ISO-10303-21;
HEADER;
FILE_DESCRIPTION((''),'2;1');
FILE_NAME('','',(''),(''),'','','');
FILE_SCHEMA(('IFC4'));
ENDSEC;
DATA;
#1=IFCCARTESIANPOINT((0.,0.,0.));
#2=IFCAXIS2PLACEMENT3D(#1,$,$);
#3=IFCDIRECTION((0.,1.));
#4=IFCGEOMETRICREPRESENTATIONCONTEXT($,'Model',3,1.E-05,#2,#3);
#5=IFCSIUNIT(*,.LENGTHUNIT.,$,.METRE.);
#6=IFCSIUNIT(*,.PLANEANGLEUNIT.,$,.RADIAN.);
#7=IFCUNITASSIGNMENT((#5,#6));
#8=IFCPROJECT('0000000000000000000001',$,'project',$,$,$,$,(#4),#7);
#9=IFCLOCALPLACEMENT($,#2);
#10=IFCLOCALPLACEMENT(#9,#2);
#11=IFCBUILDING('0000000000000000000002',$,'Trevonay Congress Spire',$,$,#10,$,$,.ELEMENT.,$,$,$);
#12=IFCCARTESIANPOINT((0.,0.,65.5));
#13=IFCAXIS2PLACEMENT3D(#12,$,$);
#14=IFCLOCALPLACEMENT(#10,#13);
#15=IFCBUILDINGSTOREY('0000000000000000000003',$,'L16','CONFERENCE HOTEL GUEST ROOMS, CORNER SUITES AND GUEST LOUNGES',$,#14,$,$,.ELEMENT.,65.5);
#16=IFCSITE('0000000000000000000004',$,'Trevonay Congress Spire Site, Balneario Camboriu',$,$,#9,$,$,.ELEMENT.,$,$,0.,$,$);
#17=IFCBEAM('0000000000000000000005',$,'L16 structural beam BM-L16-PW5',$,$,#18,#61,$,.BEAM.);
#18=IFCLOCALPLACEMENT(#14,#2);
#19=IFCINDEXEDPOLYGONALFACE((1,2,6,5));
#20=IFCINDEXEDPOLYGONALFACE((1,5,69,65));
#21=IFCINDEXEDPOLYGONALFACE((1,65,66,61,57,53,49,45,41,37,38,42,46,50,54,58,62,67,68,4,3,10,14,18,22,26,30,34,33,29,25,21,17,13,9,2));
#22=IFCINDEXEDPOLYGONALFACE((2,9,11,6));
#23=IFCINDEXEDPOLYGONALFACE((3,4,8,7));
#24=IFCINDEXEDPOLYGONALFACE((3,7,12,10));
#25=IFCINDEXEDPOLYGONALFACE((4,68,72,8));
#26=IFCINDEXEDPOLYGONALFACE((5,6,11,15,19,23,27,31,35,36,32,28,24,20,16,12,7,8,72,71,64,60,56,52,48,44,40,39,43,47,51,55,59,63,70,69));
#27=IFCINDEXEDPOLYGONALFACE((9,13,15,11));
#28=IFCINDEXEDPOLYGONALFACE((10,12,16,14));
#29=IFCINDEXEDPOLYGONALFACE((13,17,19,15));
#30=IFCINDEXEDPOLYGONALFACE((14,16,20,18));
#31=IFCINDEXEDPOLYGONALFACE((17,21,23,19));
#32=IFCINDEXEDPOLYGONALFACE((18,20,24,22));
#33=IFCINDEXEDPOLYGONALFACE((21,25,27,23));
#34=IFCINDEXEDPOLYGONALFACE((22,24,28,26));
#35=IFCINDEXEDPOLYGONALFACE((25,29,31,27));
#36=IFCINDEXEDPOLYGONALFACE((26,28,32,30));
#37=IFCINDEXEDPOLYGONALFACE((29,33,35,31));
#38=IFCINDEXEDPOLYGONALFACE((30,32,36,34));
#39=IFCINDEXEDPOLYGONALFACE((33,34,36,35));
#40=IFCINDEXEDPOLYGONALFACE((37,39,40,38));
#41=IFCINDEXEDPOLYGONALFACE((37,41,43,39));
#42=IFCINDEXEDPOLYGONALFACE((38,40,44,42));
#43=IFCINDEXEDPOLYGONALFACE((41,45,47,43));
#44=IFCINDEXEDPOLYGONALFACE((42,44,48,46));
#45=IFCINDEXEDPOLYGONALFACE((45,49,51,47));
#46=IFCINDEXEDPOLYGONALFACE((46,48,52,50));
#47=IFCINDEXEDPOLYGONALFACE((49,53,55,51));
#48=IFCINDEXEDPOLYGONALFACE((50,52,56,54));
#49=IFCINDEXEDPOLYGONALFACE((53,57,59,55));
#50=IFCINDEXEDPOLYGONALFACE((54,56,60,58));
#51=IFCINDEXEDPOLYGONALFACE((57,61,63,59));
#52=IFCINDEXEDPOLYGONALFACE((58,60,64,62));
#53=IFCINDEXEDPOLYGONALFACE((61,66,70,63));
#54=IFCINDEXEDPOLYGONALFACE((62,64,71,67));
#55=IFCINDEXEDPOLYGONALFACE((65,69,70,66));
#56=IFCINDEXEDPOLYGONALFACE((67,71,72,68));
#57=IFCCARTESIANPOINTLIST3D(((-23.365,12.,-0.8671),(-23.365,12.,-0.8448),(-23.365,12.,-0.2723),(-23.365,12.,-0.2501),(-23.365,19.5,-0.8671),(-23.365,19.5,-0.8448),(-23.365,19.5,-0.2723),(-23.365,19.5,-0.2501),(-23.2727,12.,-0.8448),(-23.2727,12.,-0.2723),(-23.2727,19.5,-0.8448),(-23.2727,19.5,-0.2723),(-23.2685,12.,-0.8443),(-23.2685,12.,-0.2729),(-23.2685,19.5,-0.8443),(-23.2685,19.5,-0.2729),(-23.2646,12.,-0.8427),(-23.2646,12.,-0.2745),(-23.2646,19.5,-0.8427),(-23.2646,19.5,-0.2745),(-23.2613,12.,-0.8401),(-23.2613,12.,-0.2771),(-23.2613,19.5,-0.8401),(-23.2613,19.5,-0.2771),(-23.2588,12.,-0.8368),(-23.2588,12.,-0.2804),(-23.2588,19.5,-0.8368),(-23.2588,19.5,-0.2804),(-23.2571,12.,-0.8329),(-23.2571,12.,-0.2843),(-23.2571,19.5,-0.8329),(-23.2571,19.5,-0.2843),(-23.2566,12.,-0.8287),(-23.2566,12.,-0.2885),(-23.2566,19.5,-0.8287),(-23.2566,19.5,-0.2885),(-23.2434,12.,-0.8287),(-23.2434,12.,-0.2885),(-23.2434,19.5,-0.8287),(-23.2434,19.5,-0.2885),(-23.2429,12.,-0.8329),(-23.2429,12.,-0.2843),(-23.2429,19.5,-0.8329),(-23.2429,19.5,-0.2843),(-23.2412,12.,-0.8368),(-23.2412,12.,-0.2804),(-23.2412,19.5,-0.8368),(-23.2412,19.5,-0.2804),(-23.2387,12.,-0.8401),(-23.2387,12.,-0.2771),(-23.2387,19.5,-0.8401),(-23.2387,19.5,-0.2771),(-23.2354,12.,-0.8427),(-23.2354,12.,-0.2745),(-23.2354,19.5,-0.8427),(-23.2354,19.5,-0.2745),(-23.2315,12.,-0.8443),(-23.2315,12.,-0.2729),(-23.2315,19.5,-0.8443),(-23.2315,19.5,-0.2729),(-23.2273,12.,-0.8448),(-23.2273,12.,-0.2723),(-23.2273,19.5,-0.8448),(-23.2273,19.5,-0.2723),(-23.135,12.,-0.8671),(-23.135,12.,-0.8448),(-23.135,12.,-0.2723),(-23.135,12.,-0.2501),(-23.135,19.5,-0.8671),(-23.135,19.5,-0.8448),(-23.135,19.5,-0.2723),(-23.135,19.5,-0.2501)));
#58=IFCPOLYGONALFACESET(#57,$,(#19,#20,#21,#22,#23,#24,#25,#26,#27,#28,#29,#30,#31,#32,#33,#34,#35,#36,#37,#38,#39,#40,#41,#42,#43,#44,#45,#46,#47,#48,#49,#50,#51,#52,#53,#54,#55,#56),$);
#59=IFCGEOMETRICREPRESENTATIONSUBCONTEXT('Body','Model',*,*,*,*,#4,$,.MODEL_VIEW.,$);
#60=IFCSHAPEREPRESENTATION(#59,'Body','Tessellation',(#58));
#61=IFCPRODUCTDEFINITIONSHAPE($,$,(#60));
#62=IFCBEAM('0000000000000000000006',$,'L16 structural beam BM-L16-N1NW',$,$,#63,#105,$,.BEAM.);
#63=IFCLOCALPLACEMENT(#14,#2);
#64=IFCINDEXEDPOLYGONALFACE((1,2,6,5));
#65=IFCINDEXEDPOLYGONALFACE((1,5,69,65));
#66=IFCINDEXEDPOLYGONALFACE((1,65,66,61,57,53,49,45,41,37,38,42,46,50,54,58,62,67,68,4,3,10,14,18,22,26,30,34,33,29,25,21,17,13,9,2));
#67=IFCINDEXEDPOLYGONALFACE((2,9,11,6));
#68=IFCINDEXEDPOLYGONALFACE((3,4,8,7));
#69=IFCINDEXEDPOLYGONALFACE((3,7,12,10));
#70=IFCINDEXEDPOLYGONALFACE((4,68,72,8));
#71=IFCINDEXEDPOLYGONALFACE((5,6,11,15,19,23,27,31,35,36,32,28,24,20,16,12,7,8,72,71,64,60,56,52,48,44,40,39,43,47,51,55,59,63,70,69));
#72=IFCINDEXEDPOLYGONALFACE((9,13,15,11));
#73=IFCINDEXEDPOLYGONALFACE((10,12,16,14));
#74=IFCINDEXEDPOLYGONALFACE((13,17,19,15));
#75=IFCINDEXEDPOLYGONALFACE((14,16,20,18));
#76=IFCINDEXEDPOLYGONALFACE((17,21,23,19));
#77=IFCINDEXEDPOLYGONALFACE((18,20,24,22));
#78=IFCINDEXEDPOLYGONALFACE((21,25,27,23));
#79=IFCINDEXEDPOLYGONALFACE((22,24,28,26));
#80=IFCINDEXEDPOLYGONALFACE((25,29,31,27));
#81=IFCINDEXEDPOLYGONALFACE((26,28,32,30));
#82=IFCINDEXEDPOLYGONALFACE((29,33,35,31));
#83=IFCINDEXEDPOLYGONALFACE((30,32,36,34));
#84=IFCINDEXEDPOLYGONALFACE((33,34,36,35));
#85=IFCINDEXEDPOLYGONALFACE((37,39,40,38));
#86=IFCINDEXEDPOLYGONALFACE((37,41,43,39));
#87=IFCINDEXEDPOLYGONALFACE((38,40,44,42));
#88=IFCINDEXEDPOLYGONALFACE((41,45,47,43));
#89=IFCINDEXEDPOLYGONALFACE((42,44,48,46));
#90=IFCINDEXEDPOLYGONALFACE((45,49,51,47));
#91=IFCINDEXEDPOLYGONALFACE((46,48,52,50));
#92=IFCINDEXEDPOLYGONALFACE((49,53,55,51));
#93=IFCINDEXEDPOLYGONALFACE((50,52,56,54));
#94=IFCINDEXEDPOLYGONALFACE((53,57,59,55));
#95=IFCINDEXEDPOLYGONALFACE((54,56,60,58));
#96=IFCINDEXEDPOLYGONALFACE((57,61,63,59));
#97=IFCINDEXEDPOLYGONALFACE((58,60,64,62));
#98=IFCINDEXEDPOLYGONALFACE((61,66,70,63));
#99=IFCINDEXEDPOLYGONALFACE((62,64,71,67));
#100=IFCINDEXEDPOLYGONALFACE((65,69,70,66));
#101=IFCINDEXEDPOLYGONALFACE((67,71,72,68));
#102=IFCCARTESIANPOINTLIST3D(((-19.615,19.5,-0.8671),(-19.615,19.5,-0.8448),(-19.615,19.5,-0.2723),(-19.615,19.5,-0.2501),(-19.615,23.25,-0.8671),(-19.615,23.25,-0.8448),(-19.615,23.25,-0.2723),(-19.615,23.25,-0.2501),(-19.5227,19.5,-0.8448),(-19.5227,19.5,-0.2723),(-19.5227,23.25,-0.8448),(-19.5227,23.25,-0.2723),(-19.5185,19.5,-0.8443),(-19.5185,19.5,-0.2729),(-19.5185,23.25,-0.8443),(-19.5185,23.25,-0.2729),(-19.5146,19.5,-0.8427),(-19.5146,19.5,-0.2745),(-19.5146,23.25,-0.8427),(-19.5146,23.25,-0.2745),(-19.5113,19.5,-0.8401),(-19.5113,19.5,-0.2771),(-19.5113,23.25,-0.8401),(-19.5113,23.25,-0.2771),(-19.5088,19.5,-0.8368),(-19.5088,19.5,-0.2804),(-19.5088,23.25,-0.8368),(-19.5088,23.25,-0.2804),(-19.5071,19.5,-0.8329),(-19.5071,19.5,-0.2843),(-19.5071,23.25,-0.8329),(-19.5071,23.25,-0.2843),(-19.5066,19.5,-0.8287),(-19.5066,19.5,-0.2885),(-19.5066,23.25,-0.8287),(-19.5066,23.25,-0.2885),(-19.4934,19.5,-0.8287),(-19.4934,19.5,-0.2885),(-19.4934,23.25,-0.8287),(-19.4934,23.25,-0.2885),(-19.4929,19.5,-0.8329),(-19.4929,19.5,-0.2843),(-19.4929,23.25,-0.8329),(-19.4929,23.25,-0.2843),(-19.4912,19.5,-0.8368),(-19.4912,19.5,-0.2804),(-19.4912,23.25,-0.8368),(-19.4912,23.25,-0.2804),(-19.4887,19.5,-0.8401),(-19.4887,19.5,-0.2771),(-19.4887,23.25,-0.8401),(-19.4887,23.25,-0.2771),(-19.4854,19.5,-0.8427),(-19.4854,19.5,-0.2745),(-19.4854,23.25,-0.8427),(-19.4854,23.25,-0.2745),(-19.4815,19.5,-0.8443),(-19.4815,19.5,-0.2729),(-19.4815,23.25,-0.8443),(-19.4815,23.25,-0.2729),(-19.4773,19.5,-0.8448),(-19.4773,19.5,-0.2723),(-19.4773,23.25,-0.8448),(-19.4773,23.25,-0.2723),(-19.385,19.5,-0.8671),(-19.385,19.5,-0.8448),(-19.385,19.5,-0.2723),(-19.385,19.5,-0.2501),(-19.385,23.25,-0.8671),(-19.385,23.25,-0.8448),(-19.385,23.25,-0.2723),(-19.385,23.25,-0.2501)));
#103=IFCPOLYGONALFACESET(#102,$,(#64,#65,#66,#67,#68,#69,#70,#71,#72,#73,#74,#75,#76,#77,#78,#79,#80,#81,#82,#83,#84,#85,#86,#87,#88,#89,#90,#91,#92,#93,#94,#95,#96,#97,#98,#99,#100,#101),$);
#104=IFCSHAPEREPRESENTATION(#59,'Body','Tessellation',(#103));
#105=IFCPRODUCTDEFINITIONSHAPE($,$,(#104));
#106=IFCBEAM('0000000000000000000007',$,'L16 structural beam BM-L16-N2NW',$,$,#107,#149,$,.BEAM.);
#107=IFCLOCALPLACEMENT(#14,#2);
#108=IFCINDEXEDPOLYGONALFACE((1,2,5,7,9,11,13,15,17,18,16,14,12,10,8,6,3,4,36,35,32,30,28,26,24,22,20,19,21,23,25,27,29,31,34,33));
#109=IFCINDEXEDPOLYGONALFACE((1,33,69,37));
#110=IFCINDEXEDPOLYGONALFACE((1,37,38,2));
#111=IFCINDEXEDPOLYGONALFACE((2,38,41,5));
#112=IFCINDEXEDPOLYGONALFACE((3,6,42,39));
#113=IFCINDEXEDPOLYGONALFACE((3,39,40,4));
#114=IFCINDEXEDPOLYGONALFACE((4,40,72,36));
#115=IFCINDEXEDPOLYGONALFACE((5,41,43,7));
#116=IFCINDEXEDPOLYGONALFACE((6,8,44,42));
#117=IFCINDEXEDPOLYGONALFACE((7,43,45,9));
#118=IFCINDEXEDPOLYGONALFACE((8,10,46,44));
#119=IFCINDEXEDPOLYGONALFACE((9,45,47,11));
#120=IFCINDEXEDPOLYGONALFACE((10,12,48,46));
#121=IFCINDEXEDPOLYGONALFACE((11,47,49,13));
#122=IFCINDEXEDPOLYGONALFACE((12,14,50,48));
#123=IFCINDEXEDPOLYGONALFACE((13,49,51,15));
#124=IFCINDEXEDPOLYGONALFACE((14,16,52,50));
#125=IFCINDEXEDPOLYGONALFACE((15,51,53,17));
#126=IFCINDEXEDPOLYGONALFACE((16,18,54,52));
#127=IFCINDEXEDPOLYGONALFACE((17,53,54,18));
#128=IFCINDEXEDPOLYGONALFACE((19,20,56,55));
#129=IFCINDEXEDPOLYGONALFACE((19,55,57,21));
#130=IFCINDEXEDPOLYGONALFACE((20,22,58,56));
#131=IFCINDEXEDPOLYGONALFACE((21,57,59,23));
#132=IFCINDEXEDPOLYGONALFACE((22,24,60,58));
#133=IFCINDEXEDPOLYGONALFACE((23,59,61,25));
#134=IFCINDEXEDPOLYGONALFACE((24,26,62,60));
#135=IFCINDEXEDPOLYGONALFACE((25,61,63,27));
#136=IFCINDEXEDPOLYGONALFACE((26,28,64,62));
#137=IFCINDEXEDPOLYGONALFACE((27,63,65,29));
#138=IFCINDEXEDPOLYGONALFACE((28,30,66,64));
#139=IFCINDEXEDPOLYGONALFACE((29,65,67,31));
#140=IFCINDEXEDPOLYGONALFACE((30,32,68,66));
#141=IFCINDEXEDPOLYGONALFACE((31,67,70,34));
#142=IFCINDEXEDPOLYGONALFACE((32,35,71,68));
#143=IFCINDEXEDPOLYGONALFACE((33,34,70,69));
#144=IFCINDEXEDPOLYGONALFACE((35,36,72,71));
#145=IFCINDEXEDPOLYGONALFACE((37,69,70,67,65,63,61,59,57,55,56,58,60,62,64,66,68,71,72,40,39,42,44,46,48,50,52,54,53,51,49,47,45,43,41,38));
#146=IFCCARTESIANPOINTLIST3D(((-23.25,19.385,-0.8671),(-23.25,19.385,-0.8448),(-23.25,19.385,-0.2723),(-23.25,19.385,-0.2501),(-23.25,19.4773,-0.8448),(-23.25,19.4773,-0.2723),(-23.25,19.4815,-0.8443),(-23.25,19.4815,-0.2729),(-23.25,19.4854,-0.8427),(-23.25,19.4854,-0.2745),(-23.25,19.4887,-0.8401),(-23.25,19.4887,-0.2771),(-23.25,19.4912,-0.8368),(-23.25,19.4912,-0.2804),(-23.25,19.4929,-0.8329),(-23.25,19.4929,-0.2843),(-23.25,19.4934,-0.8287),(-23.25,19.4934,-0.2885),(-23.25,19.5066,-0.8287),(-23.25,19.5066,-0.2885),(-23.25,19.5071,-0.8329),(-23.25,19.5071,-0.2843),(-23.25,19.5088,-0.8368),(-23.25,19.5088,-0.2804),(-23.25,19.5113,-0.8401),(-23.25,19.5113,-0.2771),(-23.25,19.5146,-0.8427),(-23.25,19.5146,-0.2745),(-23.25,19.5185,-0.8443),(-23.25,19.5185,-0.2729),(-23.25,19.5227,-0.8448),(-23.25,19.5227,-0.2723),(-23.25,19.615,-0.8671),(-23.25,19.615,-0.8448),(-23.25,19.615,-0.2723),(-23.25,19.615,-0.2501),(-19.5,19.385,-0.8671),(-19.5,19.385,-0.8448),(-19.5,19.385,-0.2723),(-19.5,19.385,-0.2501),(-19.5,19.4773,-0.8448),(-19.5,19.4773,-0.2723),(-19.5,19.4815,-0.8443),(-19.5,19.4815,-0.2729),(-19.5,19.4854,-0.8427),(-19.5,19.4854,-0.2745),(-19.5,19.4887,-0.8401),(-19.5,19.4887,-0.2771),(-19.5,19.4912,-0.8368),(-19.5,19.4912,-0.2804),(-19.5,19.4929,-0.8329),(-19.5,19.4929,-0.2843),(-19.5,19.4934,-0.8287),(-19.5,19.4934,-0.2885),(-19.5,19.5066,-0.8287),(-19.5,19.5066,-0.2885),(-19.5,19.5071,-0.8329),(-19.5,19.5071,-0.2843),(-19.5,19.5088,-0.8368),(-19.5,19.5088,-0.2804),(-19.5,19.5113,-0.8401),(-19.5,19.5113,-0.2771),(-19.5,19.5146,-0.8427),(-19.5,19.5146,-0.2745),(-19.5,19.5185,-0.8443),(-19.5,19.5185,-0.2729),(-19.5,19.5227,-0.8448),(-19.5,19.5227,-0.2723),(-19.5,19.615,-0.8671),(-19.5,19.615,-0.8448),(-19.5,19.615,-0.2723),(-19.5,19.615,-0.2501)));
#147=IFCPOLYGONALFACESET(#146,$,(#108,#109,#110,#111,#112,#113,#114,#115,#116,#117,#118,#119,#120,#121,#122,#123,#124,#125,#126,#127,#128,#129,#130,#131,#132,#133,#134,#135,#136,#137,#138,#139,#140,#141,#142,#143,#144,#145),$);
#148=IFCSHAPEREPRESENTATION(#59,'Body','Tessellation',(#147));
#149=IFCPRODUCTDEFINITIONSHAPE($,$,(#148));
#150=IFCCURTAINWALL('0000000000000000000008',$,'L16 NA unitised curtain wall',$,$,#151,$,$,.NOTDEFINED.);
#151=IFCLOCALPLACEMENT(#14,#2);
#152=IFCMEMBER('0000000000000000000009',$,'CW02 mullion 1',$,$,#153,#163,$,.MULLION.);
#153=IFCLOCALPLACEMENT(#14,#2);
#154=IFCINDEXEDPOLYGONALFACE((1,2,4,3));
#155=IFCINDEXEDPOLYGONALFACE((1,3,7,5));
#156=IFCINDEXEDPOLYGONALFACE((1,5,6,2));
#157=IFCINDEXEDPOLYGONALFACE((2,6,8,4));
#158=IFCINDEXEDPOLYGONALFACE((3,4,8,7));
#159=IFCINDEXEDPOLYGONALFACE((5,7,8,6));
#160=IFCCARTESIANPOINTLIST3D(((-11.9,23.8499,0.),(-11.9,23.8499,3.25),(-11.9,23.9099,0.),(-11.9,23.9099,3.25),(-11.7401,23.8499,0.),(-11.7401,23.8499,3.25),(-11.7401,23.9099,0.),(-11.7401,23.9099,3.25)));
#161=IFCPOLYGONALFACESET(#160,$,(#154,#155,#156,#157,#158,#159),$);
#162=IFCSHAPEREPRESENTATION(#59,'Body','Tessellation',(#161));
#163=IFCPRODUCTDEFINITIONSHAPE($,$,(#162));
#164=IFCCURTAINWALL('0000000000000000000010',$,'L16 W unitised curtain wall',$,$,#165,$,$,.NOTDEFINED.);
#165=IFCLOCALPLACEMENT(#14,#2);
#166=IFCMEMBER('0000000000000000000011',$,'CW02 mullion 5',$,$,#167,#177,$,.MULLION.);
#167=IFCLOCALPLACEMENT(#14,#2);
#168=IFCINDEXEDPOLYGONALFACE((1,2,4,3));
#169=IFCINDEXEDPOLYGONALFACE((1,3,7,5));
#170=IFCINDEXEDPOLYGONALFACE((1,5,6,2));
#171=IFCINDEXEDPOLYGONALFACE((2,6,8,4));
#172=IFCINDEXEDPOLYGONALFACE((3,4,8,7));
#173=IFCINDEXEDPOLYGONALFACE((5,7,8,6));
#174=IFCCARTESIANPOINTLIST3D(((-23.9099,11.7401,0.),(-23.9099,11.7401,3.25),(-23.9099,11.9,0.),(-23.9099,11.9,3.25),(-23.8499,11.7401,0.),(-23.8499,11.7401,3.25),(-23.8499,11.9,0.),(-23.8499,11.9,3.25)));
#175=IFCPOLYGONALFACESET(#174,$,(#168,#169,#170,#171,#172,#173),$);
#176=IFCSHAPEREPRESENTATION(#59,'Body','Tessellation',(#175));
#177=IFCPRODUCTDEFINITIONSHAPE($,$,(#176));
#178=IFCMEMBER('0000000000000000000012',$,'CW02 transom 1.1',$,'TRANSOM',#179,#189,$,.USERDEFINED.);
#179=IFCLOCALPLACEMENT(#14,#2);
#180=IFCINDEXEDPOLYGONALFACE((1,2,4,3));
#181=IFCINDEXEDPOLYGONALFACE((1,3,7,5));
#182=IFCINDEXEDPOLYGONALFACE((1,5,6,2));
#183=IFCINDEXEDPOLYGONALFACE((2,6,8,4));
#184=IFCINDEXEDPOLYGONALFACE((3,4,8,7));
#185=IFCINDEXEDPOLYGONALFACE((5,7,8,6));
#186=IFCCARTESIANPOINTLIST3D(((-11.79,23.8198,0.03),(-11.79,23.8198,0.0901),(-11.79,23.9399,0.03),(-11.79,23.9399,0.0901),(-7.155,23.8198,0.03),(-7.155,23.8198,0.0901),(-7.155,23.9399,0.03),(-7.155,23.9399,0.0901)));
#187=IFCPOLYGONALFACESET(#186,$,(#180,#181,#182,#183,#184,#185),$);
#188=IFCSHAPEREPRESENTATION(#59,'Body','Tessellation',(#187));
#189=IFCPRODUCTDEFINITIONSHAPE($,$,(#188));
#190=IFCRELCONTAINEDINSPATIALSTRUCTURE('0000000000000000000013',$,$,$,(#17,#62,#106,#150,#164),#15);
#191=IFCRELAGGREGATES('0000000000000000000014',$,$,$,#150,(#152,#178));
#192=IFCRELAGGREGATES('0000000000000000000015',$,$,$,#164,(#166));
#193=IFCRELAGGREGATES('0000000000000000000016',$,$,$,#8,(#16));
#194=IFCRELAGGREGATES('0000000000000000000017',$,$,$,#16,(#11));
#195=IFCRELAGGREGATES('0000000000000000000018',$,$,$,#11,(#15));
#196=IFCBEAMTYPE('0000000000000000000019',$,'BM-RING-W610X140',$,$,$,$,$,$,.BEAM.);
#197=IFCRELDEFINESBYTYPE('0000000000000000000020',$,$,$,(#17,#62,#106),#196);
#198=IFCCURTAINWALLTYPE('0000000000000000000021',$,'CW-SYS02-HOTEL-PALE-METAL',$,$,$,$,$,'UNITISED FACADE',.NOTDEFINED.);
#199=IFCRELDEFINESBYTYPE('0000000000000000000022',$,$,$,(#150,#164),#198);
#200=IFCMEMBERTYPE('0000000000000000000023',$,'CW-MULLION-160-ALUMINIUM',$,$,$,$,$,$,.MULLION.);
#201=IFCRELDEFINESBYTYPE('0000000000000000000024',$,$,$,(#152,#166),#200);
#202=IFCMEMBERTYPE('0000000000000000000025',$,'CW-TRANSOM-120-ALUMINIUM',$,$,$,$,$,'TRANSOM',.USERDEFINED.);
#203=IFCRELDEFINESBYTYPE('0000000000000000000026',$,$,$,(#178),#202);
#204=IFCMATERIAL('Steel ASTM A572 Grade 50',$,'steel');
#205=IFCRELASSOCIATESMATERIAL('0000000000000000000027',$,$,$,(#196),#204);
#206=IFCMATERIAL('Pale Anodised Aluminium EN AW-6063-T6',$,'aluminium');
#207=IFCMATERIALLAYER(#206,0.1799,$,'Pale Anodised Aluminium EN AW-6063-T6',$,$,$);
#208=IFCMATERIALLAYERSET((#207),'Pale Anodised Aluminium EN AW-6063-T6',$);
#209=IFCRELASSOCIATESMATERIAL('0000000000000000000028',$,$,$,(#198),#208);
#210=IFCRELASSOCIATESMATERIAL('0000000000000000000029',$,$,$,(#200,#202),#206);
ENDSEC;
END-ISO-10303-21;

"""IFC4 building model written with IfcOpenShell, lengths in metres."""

from ifc_helpers import new_model, si_unit, direction, frame, origin, origin_2d, place, context, subcontext, project, spatial, rectangle, i_section, extrude, material, layer, layer_set, material_profile, profile_set, type_object, element, aggregate, save


model = new_model("IFC4")

# Units and contexts
model_context = context("Model", 3, precision=1e-05, world=origin(), true_north=direction((0.0, 1.0)))
body_context = subcontext(model_context, "Body", "Model", "MODEL_VIEW")
ifc_project = project(units=[si_unit("LENGTHUNIT", "METRE"), si_unit("PLANEANGLEUNIT", "RADIAN")], contexts=[model_context])

# Site, building, storey
site_placement = place(None, origin())
site = spatial("IfcSite", under=ifc_project, at=site_placement, Name="Trevonay Congress Spire Site, Balneario Camboriu", CompositionType="ELEMENT", RefElevation=0.0)
building_placement = place(site_placement, origin())
building = spatial("IfcBuilding", under=site, at=building_placement, Name="Trevonay Congress Spire", CompositionType="ELEMENT")
storey_placement = place(building_placement, frame((0.0, 0.0, 65.5)))
storey = spatial("IfcBuildingStorey", under=building, at=storey_placement, Name="L16", Description="CONFERENCE HOTEL GUEST ROOMS, CORNER SUITES AND GUEST LOUNGES", CompositionType="ELEMENT", Elevation=65.5)

# Shared definitions
ifc_material_1 = material(Name="Steel ASTM A572 Grade 50", Category="steel")

# Beams
ifc_material_profile_1 = material_profile(ifc_material_1, i_section(OverallWidth=0.23, OverallDepth=0.6169, WebThickness=0.0132, FlangeThickness=0.0222, FilletRadius=0.0161, at=origin_2d()), Name="W610x140")
ifc_profile_set_1 = profile_set([ifc_material_profile_1], Name="Steel ASTM A572 Grade 50")
beam_type = type_object("IfcBeamType", Name="BM-RING-W610X140", PredefinedType="BEAM", material=ifc_profile_set_1)
beam_1_placement = place(storey_placement, frame((-23.25, 12.0, -0.5586), z_axis=(0.0, 1.0, 0.0), x_axis=(-1.0, 0.0, 0.0)))
element("IfcBeam", 1, at=beam_1_placement, inside=storey, type_object=beam_type, Name="L16 structural beam BM-L16-PW5", PredefinedType="BEAM", context=body_context, shape_type="SweptSolid", body=[
    extrude(i_section(OverallWidth=0.23, OverallDepth=0.6169, WebThickness=0.0132, FlangeThickness=0.0222, FilletRadius=0.0161, at=origin_2d()), origin(), (0.0, 0.0, 1.0), 7.5),
])
for number, where, z_axis, x_axis, name in (
    (2, (-19.5, 23.25, -0.5586), (0.0, -1.0, 0.0), (1.0, 0.0, 0.0), "L16 structural beam BM-L16-N1NW"),
    (3, (-23.25, 19.5, -0.5586), (1.0, 0.0, 0.0), (0.0, 1.0, 0.0), "L16 structural beam BM-L16-N2NW"),
):
    element("IfcBeam", number, at=place(storey_placement, frame(where, z_axis=z_axis, x_axis=x_axis)), inside=storey, type_object=beam_type, Name=name, PredefinedType="BEAM", context=body_context, shape_type="SweptSolid", body=[
        extrude(i_section(OverallWidth=0.23, OverallDepth=0.6169, WebThickness=0.0132, FlangeThickness=0.0222, FilletRadius=0.0161, at=origin_2d()), origin(), (0.0, 0.0, 1.0), 3.75),
    ])

# Curtain walls, members
ifc_material_2 = material(Name="Pale Anodised Aluminium EN AW-6063-T6", Category="aluminium")
ifc_layer_1 = layer(ifc_material_2, 0.1799, Name="Pale Anodised Aluminium EN AW-6063-T6")
ifc_layer_set_1 = layer_set([ifc_layer_1], Name="Pale Anodised Aluminium EN AW-6063-T6")
curtain_wall_type = type_object("IfcCurtainWallType", Name="CW-SYS02-HOTEL-PALE-METAL", ElementType="UNITISED FACADE", PredefinedType="NOTDEFINED", material=ifc_layer_set_1)
curtain_wall_1_placement = place(storey_placement, origin())
curtain_wall_1 = element("IfcCurtainWall", 4, at=curtain_wall_1_placement, inside=storey, type_object=curtain_wall_type, Name="L16 NA unitised curtain wall", PredefinedType="NOTDEFINED")
ifc_material_profile_2 = material_profile(ifc_material_2, rectangle(XDim=0.0601, YDim=0.1599, at=origin_2d()), Name="CW-MULLION-160-ALUMINIUM")
ifc_profile_set_2 = profile_set([ifc_material_profile_2], Name="Pale Anodised Aluminium EN AW-6063-T6")
member_type_1 = type_object("IfcMemberType", Name="CW-MULLION-160-ALUMINIUM", PredefinedType="MULLION", material=ifc_profile_set_2)
member_1_placement = place(storey_placement, frame((-11.8201, 23.8799, 0.0), z_axis=(0.0, 0.0, 1.0), x_axis=(0.0, 1.0, 0.0)))
member_1 = element("IfcMember", 5, at=member_1_placement, type_object=member_type_1, Name="CW02 mullion 1", PredefinedType="MULLION", context=body_context, shape_type="SweptSolid", body=[
    extrude(rectangle(XDim=0.0601, YDim=0.1599, at=origin_2d()), origin(), (0.0, 0.0, 1.0), 3.25),
])
curtain_wall_2_placement = place(storey_placement, origin())
curtain_wall_2 = element("IfcCurtainWall", 6, at=curtain_wall_2_placement, inside=storey, type_object=curtain_wall_type, Name="L16 W unitised curtain wall", PredefinedType="NOTDEFINED")
member_2_placement = place(storey_placement, frame((-23.8799, 11.8201, 0.0), z_axis=(0.0, 0.0, 1.0), x_axis=(-1.0, 0.0, 0.0)))
member_2 = element("IfcMember", 7, at=member_2_placement, type_object=member_type_1, Name="CW02 mullion 5", PredefinedType="MULLION", context=body_context, shape_type="SweptSolid", body=[
    extrude(rectangle(XDim=0.0601, YDim=0.1599, at=origin_2d()), origin(), (0.0, 0.0, 1.0), 3.25),
])

# Member
ifc_material_profile_3 = material_profile(ifc_material_2, rectangle(XDim=0.1201, YDim=0.0601, at=origin_2d()), Name="CW-TRANSOM-120-ALUMINIUM")
ifc_profile_set_3 = profile_set([ifc_material_profile_3], Name="Pale Anodised Aluminium EN AW-6063-T6")
member_type_2 = type_object("IfcMemberType", Name="CW-TRANSOM-120-ALUMINIUM", ElementType="TRANSOM", PredefinedType="USERDEFINED", material=ifc_profile_set_3)
member_3_placement = place(storey_placement, frame((-11.79, 23.8799, 0.0601), z_axis=(1.0, 0.0, 0.0), x_axis=(0.0, 1.0, 0.0)))
member_3 = element("IfcMember", 8, at=member_3_placement, type_object=member_type_2, Name="CW02 transom 1.1", ObjectType="TRANSOM", PredefinedType="USERDEFINED", context=body_context, shape_type="SweptSolid", body=[
    extrude(rectangle(XDim=0.1201, YDim=0.0601, at=origin_2d()), origin(), (0.0, 0.0, 1.0), 4.635),
])
aggregate(curtain_wall_1, [member_1, member_3])

aggregate(curtain_wall_2, [member_2])

save(model, "model.ifc")
